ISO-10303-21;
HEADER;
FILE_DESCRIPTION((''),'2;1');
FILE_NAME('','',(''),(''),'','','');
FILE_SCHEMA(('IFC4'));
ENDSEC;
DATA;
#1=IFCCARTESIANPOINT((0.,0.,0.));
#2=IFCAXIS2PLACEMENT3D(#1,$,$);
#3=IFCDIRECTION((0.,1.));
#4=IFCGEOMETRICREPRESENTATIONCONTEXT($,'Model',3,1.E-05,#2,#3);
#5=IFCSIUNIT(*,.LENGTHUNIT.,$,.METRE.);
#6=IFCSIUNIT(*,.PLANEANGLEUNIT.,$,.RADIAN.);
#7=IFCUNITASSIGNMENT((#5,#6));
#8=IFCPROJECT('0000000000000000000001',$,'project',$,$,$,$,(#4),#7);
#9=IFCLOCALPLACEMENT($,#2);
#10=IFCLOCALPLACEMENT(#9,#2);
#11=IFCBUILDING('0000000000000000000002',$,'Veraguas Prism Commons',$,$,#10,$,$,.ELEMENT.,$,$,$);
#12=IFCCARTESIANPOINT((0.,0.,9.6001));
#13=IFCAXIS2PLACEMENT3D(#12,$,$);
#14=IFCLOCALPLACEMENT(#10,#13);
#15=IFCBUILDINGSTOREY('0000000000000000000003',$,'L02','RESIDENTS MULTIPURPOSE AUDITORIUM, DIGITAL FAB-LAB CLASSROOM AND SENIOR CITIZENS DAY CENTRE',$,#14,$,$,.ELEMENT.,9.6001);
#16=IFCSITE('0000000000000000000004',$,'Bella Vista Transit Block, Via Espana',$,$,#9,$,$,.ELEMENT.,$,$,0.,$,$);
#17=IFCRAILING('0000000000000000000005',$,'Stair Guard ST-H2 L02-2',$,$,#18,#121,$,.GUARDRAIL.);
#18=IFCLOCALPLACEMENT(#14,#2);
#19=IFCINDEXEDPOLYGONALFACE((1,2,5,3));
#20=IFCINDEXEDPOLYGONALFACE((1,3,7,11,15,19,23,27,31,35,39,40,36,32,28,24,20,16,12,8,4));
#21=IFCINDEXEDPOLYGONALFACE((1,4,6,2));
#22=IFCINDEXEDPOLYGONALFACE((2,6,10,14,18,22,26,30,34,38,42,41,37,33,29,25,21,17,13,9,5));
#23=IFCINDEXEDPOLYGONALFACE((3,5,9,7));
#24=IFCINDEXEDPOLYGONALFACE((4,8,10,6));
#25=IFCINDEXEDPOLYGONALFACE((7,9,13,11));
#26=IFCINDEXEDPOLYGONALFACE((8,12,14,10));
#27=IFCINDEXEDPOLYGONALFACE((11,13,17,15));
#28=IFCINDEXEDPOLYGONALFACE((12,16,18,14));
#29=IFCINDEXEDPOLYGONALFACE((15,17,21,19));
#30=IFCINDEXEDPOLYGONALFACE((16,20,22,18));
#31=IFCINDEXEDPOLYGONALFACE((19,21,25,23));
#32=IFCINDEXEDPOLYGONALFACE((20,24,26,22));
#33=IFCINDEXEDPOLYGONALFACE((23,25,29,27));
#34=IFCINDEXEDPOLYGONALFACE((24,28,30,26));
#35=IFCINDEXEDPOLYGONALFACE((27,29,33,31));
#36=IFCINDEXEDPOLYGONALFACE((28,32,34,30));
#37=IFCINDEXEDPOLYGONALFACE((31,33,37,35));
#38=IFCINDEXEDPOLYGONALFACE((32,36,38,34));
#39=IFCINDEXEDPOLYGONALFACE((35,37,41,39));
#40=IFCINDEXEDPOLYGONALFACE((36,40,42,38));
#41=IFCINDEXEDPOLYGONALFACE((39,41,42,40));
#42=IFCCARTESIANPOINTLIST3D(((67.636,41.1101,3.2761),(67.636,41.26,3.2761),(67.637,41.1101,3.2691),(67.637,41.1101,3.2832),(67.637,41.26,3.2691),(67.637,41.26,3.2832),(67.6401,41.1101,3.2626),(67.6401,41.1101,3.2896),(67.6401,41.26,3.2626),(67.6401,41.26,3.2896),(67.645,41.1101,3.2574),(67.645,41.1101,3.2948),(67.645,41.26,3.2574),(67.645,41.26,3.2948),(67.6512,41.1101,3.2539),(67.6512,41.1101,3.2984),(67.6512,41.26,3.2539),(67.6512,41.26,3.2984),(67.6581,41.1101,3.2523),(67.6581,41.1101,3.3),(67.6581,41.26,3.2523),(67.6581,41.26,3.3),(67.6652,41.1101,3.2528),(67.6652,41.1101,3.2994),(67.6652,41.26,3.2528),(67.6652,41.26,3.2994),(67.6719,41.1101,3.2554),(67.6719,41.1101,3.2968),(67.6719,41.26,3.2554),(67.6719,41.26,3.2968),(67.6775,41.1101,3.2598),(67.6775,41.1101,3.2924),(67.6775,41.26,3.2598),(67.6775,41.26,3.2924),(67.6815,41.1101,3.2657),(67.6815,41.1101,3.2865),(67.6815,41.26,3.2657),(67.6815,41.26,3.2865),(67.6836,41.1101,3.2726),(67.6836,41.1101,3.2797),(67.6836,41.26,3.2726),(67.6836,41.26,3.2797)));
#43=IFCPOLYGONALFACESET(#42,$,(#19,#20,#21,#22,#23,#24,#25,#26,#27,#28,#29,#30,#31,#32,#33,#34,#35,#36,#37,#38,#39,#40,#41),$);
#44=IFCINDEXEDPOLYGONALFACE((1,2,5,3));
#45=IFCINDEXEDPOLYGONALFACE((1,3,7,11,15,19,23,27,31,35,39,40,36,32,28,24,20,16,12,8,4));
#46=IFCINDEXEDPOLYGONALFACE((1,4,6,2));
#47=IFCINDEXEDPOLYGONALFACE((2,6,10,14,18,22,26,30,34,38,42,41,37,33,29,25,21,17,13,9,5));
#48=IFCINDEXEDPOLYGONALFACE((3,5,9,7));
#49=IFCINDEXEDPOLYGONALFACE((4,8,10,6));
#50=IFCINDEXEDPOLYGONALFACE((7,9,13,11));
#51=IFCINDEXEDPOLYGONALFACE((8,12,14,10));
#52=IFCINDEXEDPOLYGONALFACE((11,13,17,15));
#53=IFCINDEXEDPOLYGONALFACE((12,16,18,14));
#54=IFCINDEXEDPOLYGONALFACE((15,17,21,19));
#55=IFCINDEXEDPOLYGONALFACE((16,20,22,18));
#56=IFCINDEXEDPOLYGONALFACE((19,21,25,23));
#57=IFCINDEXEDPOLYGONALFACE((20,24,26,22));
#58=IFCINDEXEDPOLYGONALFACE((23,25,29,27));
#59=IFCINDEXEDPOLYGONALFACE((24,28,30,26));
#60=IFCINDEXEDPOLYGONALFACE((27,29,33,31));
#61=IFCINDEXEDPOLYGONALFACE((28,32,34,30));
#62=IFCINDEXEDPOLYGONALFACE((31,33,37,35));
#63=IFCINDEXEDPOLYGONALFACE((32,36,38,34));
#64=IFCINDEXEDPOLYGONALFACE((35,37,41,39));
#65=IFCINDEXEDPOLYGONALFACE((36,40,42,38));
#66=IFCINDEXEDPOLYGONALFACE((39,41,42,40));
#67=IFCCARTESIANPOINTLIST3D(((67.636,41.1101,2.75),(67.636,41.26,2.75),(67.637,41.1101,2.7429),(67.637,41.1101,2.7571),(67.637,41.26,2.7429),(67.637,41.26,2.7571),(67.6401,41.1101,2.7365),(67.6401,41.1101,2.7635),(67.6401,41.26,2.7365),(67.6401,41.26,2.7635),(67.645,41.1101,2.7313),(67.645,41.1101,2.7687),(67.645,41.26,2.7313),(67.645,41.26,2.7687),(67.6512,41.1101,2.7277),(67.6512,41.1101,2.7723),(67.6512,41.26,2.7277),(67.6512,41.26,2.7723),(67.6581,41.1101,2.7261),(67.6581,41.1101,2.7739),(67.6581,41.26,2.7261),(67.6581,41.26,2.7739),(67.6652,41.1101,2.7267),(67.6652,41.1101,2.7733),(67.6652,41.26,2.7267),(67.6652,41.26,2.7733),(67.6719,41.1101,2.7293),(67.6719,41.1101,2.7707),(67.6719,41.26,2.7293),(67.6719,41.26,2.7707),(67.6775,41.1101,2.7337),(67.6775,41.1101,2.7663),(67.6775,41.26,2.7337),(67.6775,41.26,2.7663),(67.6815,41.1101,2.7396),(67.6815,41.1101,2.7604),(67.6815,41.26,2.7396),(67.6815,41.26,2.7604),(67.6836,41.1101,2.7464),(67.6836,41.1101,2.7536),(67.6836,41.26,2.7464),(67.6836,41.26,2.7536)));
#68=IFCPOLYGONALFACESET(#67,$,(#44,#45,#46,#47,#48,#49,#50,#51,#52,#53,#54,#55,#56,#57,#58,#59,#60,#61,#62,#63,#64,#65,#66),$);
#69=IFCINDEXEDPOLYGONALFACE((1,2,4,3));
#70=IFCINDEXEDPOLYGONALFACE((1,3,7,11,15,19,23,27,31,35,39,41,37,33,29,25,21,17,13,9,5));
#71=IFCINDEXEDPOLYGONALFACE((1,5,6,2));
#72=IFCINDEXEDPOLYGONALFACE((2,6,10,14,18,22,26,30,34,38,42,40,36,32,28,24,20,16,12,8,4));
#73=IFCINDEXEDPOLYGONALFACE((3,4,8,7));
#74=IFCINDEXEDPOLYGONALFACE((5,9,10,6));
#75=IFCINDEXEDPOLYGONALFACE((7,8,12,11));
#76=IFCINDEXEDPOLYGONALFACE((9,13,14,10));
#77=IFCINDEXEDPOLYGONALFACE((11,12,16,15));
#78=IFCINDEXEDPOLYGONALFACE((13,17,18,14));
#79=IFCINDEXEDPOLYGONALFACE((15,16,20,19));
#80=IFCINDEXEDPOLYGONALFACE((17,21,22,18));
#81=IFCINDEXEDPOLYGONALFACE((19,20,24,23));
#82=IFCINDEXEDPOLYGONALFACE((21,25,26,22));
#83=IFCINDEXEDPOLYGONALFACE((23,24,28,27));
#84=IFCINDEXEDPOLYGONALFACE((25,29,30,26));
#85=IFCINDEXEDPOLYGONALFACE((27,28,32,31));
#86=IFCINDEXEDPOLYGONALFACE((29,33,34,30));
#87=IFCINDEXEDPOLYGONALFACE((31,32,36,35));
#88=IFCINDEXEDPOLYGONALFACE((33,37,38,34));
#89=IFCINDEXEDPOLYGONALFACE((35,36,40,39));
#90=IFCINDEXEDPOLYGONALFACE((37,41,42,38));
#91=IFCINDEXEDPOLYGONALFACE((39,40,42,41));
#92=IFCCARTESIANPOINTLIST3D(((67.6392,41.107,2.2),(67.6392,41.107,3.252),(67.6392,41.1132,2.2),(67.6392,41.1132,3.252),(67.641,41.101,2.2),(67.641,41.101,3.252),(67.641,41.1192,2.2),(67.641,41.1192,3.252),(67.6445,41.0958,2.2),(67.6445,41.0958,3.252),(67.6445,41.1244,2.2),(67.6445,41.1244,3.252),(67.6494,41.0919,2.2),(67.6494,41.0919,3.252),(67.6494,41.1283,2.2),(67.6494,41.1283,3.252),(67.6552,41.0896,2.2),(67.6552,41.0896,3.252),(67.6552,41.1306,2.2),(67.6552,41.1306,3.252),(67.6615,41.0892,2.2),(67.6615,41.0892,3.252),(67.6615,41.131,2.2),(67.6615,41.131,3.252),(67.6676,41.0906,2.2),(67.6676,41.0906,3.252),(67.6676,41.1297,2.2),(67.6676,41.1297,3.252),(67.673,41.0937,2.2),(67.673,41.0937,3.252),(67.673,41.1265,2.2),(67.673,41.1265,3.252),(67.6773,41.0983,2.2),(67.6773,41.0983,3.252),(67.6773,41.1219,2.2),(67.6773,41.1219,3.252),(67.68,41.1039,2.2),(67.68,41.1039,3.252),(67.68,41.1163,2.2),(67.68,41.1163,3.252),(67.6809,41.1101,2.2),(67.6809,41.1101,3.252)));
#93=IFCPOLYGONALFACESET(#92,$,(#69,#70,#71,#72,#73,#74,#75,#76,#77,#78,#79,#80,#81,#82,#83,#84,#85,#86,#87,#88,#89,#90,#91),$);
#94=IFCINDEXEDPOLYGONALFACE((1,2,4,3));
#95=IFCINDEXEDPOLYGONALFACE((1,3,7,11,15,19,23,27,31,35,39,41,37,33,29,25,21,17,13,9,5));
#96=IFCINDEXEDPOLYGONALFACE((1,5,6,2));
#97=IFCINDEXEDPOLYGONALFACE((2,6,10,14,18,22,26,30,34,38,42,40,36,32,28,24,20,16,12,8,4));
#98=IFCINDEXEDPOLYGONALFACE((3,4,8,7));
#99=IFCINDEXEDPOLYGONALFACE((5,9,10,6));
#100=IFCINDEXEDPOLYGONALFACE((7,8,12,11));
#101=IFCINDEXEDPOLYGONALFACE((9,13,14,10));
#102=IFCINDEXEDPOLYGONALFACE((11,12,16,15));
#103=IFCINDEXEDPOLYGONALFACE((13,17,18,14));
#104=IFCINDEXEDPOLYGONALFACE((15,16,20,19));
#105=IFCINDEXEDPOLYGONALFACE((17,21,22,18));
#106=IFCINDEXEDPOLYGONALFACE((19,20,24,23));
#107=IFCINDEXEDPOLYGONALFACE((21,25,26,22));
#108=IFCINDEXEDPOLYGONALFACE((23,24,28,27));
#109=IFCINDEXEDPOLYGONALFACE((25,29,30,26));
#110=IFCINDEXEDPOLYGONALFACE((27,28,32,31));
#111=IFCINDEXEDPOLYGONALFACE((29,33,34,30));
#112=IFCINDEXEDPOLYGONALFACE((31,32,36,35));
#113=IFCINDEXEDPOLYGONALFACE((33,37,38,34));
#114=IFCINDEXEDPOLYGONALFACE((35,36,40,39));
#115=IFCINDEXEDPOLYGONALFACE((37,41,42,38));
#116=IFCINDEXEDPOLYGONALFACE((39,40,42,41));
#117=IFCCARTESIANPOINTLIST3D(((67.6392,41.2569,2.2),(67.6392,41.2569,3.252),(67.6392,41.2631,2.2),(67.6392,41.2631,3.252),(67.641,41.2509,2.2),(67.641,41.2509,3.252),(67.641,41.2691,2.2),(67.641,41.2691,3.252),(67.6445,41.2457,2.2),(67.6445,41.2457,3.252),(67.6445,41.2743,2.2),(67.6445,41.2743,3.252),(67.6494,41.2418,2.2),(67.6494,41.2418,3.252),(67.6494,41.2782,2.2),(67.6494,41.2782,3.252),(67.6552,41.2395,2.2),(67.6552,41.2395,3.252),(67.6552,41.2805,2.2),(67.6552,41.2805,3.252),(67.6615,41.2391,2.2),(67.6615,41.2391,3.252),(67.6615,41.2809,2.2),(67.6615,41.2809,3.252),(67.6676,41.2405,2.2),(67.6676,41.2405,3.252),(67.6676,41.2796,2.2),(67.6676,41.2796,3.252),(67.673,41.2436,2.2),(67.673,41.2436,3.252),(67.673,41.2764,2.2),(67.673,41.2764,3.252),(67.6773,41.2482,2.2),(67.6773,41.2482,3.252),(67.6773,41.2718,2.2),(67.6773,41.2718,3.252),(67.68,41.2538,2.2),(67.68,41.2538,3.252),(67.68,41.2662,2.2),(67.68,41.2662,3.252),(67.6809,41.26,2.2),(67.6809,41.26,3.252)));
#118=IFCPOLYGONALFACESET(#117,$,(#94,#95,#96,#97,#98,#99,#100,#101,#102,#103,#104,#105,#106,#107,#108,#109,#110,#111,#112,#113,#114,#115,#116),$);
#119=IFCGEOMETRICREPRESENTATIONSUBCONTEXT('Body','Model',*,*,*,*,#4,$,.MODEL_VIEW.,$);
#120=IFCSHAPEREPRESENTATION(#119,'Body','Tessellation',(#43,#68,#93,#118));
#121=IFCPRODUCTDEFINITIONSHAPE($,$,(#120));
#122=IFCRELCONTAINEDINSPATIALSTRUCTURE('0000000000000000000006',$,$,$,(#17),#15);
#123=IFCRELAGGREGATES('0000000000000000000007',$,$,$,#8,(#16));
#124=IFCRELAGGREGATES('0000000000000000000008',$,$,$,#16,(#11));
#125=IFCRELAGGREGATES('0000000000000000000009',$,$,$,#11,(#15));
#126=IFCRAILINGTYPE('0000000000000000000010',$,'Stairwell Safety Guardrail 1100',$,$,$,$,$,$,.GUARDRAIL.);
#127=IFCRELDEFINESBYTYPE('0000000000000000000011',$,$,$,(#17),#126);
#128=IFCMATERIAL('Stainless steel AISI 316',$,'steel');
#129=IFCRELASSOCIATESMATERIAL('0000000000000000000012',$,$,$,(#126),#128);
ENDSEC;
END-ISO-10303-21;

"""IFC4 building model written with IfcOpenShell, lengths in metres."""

from ifc_helpers import new_model, si_unit, direction, frame, origin, origin_2d, place, context, subcontext, project, spatial, circle, extrude, material, type_object, element, save


model = new_model("IFC4")

# Units and contexts
model_context = context("Model", 3, precision=1e-05, world=origin(), true_north=direction((0.0, 1.0)))
body_context = subcontext(model_context, "Body", "Model", "MODEL_VIEW")
ifc_project = project(units=[si_unit("LENGTHUNIT", "METRE"), si_unit("PLANEANGLEUNIT", "RADIAN")], contexts=[model_context])

# Site, building, storey
site_placement = place(None, origin())
site = spatial("IfcSite", under=ifc_project, at=site_placement, Name="Bella Vista Transit Block, Via Espana", CompositionType="ELEMENT", RefElevation=0.0)
building_placement = place(site_placement, origin())
building = spatial("IfcBuilding", under=site, at=building_placement, Name="Veraguas Prism Commons", CompositionType="ELEMENT")
storey_placement = place(building_placement, frame((0.0, 0.0, 9.6001)))
storey = spatial("IfcBuildingStorey", under=building, at=storey_placement, Name="L02", Description="RESIDENTS MULTIPURPOSE AUDITORIUM, DIGITAL FAB-LAB CLASSROOM AND SENIOR CITIZENS DAY CENTRE", CompositionType="ELEMENT", Elevation=9.6001)

# Railing
ifc_material_1 = material(Name="Stainless steel AISI 316", Category="steel")
railing_type_1 = type_object("IfcRailingType", Name="Stairwell Safety Guardrail 1100", PredefinedType="GUARDRAIL", material=ifc_material_1)
railing_1_placement = place(storey_placement, frame((67.6599, 41.1101, 2.2)))
element("IfcRailing", 1, at=railing_1_placement, inside=storey, type_object=railing_type_1, Name="Stair Guard ST-H2 L02-2", PredefinedType="GUARDRAIL", context=body_context, shape_type="SweptSolid", body=[
    extrude(circle(Radius=0.0239, at=origin_2d()), frame((0.0, 0.0, 1.0762), z_axis=(0.0, 1.0, 0.0), x_axis=(-1.0, 0.0, 0.0)), (0.0, 0.0, 1.0), 0.1499),
    extrude(circle(Radius=0.0239, at=origin_2d()), frame((0.0, 0.0, 0.55), z_axis=(0.0, 1.0, 0.0), x_axis=(-1.0, 0.0, 0.0)), (0.0, 0.0, 1.0), 0.1499),
    extrude(circle(Radius=0.021, at=origin_2d()), origin(), (0.0, 0.0, 1.0), 1.052),
    extrude(circle(Radius=0.021, at=origin_2d()), frame((0.0, 0.1499, 0.0)), (0.0, 0.0, 1.0), 1.052),
])

save(model, "model.ifc")
